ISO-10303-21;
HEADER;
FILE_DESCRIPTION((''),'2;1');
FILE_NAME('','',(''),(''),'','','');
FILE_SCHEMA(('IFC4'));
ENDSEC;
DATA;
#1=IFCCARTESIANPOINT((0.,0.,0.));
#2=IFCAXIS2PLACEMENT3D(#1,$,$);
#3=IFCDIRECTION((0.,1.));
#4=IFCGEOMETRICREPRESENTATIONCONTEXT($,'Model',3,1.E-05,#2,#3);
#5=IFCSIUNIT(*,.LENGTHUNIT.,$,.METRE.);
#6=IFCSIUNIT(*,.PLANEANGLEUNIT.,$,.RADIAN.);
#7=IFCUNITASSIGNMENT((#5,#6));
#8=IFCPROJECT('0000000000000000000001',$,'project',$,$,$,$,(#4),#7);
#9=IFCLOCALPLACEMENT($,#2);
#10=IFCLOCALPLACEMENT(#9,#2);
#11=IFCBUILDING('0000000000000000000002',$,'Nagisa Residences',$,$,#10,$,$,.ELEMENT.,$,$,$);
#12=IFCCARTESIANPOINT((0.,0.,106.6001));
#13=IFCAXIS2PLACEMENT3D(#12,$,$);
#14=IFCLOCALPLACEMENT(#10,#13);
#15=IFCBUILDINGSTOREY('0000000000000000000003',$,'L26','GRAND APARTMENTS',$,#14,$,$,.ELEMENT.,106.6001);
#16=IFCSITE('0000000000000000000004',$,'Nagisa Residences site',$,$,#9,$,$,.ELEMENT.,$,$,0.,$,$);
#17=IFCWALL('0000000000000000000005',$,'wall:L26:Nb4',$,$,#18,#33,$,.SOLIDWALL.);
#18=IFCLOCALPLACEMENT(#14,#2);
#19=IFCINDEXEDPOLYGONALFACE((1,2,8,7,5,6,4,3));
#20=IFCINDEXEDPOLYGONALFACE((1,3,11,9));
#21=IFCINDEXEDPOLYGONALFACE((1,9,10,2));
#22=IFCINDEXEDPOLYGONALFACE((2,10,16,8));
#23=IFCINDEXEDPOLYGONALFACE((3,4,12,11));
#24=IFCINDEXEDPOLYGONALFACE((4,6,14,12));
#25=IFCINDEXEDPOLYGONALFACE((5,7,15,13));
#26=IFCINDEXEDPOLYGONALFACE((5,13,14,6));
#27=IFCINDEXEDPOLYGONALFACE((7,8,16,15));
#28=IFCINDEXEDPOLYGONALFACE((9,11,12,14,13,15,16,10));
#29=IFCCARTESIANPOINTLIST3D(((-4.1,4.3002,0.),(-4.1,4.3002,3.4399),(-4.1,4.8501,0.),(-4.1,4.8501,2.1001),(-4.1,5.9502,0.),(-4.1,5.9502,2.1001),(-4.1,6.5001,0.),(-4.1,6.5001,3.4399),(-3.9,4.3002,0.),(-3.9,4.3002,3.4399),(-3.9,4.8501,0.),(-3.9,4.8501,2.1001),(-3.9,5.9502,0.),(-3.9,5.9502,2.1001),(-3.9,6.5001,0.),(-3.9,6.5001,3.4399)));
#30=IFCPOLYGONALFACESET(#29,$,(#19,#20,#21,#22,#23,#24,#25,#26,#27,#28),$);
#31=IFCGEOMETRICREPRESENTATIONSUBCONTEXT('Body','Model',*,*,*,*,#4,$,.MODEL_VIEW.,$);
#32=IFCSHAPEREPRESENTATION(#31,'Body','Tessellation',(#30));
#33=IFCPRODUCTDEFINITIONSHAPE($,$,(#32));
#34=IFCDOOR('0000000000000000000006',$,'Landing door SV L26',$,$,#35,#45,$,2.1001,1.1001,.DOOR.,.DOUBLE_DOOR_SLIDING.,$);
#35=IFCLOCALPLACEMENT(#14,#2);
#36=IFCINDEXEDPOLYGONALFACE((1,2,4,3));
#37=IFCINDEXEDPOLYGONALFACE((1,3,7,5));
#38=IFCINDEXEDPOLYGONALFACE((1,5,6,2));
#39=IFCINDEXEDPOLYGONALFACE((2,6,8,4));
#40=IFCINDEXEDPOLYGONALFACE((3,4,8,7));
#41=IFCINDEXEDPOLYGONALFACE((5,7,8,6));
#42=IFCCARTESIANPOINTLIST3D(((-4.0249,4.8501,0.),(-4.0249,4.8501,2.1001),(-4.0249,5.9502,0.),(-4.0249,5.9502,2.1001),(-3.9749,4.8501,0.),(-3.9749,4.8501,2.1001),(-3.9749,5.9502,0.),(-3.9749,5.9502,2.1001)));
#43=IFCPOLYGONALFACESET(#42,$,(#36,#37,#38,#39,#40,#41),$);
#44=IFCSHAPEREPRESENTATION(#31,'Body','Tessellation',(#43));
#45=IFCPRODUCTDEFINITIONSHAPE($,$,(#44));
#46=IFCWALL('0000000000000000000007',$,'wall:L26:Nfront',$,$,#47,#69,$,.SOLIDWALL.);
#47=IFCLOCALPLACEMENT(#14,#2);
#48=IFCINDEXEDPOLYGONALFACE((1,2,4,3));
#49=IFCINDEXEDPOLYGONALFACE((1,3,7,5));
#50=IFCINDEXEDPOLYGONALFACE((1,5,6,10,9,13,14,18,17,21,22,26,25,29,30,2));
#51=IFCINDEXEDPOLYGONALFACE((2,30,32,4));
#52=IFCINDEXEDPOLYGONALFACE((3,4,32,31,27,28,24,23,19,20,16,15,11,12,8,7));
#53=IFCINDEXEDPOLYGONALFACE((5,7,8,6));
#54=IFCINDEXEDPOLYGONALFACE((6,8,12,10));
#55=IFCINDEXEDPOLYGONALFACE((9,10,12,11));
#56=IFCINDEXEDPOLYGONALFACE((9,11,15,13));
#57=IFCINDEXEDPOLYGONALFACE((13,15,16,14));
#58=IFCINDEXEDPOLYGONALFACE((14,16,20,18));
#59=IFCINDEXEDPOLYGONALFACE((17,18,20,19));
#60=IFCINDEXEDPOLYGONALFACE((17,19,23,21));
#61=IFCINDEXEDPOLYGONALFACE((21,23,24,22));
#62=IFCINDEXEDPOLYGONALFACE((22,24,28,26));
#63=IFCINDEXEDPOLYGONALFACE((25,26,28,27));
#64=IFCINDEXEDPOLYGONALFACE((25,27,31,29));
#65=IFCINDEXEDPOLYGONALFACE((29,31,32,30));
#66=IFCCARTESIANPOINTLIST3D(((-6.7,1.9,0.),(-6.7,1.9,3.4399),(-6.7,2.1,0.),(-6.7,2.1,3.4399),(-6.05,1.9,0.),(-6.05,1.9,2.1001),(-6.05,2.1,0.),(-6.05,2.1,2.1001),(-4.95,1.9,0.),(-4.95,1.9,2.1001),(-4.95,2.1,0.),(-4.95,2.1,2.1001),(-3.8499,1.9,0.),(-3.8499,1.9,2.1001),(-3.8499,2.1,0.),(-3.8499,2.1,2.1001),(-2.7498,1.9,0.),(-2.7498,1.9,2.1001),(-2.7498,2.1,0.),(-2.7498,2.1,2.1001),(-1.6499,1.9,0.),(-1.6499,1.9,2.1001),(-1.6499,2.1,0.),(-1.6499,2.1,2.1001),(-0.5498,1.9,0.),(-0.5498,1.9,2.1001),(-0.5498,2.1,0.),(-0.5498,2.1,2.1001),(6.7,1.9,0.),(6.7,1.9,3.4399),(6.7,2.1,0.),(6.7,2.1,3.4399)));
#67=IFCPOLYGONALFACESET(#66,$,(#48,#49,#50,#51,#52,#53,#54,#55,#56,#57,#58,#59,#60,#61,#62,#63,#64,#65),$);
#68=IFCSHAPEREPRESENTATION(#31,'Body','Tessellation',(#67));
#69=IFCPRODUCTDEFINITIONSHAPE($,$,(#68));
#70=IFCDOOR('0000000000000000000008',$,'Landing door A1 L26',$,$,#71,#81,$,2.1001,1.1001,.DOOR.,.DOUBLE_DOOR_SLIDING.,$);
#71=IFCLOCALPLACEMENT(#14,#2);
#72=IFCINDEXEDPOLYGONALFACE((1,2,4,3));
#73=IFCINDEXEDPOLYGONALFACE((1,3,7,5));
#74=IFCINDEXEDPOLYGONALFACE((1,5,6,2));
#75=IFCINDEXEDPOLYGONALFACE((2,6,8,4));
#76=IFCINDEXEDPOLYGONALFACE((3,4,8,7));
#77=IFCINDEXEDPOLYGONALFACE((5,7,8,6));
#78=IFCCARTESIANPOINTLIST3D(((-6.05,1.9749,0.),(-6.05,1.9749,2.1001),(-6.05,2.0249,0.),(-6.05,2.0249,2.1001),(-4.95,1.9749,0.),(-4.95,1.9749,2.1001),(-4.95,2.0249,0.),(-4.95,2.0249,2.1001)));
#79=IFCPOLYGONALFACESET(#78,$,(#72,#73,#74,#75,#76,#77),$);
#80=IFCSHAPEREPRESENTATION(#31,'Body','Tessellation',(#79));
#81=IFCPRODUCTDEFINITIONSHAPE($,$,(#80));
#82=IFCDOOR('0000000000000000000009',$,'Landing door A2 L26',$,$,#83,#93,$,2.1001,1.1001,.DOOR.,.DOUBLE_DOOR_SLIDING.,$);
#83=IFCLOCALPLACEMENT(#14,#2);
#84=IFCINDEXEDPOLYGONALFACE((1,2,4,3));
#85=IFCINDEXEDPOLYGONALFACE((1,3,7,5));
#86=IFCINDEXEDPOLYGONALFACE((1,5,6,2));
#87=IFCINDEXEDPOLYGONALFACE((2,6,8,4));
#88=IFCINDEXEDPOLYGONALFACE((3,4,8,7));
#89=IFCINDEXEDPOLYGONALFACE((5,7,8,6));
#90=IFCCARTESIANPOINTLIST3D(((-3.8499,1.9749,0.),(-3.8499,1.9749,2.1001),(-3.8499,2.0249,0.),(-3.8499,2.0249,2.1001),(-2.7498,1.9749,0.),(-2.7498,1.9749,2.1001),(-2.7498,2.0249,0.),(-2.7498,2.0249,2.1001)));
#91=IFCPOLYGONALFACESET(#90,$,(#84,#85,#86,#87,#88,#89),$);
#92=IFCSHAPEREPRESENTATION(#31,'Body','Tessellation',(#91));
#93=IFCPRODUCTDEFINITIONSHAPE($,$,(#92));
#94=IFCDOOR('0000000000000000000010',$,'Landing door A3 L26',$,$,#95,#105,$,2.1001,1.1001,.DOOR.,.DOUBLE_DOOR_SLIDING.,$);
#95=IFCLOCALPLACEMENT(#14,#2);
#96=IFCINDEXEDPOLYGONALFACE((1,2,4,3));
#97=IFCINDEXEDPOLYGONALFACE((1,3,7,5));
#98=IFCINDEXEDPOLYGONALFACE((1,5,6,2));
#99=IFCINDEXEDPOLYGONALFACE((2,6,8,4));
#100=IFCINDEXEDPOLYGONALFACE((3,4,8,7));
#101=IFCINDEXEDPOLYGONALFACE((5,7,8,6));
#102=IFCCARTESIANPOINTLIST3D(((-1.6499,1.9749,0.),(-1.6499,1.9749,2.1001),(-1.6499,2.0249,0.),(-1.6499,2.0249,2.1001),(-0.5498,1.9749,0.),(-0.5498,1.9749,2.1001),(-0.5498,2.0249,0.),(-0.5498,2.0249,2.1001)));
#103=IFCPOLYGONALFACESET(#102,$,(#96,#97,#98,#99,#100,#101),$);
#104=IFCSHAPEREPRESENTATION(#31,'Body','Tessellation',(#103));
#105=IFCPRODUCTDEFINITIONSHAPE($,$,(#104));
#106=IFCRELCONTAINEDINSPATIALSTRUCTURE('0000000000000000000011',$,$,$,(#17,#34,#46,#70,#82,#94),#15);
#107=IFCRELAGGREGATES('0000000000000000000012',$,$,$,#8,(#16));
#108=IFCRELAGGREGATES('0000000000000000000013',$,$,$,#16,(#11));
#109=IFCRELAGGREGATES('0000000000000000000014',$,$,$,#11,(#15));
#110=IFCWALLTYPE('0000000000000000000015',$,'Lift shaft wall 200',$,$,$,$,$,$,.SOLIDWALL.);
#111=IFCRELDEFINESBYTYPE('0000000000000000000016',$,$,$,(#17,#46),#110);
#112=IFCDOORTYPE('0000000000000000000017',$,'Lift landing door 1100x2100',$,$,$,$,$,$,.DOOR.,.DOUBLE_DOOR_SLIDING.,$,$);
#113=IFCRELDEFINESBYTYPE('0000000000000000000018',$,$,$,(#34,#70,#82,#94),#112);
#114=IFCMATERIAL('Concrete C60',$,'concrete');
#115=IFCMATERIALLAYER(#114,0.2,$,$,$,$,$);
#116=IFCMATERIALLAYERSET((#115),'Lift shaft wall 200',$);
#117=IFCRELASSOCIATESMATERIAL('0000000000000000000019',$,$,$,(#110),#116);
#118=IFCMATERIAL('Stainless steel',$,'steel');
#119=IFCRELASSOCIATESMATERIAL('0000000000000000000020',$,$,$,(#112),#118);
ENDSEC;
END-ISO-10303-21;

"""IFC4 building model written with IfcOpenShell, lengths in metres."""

from ifc_helpers import new_model, si_unit, direction, frame, frame_2d, origin, place, context, subcontext, project, spatial, rectangle, extrude, material, layer, layer_set, type_object, element, fill, save


model = new_model("IFC4")

# Units and contexts
model_context = context("Model", 3, precision=1e-05, world=origin(), true_north=direction((0.0, 1.0)))
body_context = subcontext(model_context, "Body", "Model", "MODEL_VIEW")
ifc_project = project(units=[si_unit("LENGTHUNIT", "METRE"), si_unit("PLANEANGLEUNIT", "RADIAN")], contexts=[model_context])

# Site, building, storey
site_placement = place(None, origin())
site = spatial("IfcSite", under=ifc_project, at=site_placement, Name="Nagisa Residences site", CompositionType="ELEMENT", RefElevation=0.0)
building_placement = place(site_placement, origin())
building = spatial("IfcBuilding", under=site, at=building_placement, Name="Nagisa Residences", CompositionType="ELEMENT")
storey_placement = place(building_placement, frame((0.0, 0.0, 106.6001)))
storey = spatial("IfcBuildingStorey", under=building, at=storey_placement, Name="L26", Description="GRAND APARTMENTS", CompositionType="ELEMENT", Elevation=106.6001)

# Wall, opening, door
ifc_material_1 = material(Name="Concrete C60", Category="concrete")
ifc_layer_1 = layer(ifc_material_1, 0.2)
ifc_layer_set_1 = layer_set([ifc_layer_1], Name="Lift shaft wall 200")
wall_type_1 = type_object("IfcWallType", Name="Lift shaft wall 200", PredefinedType="SOLIDWALL", material=ifc_layer_set_1)
wall_1_placement = place(storey_placement, frame((-4.0, 4.3, 0.0), z_axis=(0.0, 0.0, 1.0), x_axis=(0.0, 1.0, 0.0)))
wall_1 = element("IfcWall", 1, at=wall_1_placement, inside=storey, type_object=wall_type_1, Name="wall:L26:Nb4", PredefinedType="SOLIDWALL", context=body_context, shape_type="SweptSolid", body=[
    extrude(rectangle(XDim=2.2, YDim=0.2, at=frame_2d((1.1001, 0.0))), origin(), (0.0, 0.0, 1.0), 3.4399),
])
opening_1_placement = place(wall_1_placement, frame((0.55, 0.0, 0.0)))
opening_1 = element("IfcOpeningElement", 2, at=opening_1_placement, cuts=wall_1, PredefinedType="OPENING", context=body_context, shape_type="SweptSolid", body=[
    extrude(rectangle(XDim=1.1001, YDim=2.1001, at=frame_2d((0.55, 1.05))), frame((0.0, 0.1099, 0.0), z_axis=(0.0, -1.0, 0.0), x_axis=(1.0, 0.0, 0.0)), (0.0, 0.0, 1.0), 0.22),
])
ifc_material_2 = material(Name="Stainless steel", Category="steel")
door_type_1 = type_object("IfcDoorType", Name="Lift landing door 1100x2100", OperationType="DOUBLE_DOOR_SLIDING", PredefinedType="DOOR", material=ifc_material_2)
door_1_placement = place(opening_1_placement, origin())
door_1 = element("IfcDoor", 3, at=door_1_placement, inside=storey, type_object=door_type_1, Name="Landing door SV L26", OperationType="DOUBLE_DOOR_SLIDING", OverallHeight=2.1001, OverallWidth=1.1001, PredefinedType="DOOR", context=body_context, shape_type="SweptSolid", body=[
    extrude(rectangle(XDim=1.1001, YDim=2.1001, at=frame_2d((0.55, 1.05))), frame((0.0, 0.0249, 0.0), z_axis=(0.0, -1.0, 0.0), x_axis=(1.0, 0.0, 0.0)), (0.0, 0.0, 1.0), 0.05),
])
fill(opening_1, door_1)

# Wall, openings, doors
wall_2_placement = place(storey_placement, frame((-6.7, 2.0, 0.0), z_axis=(0.0, 0.0, 1.0), x_axis=(1.0, 0.0, 0.0)))
wall_2 = element("IfcWall", 4, at=wall_2_placement, inside=storey, type_object=wall_type_1, Name="wall:L26:Nfront", PredefinedType="SOLIDWALL", context=body_context, shape_type="SweptSolid", body=[
    extrude(rectangle(XDim=13.3999, YDim=0.2, at=frame_2d((6.7, 0.0))), origin(), (0.0, 0.0, 1.0), 3.4399),
])
opening_2_placement = place(wall_2_placement, frame((0.6499, 0.0, 0.0)))
opening_2 = element("IfcOpeningElement", 5, at=opening_2_placement, cuts=wall_2, PredefinedType="OPENING", context=body_context, shape_type="SweptSolid", body=[
    extrude(rectangle(XDim=1.1001, YDim=2.1001, at=frame_2d((0.55, 1.05))), frame((0.0, 0.1099, 0.0), z_axis=(0.0, -1.0, 0.0), x_axis=(1.0, 0.0, 0.0)), (0.0, 0.0, 1.0), 0.22),
])
opening_3_placement = place(wall_2_placement, frame((2.8501, 0.0, 0.0)))
opening_3 = element("IfcOpeningElement", 6, at=opening_3_placement, cuts=wall_2, PredefinedType="OPENING", context=body_context, shape_type="SweptSolid", body=[
    extrude(rectangle(XDim=1.1001, YDim=2.1001, at=frame_2d((0.55, 1.05))), frame((0.0, 0.1099, 0.0), z_axis=(0.0, -1.0, 0.0), x_axis=(1.0, 0.0, 0.0)), (0.0, 0.0, 1.0), 0.22),
])
opening_4_placement = place(wall_2_placement, frame((5.05, 0.0, 0.0)))
opening_4 = element("IfcOpeningElement", 7, at=opening_4_placement, cuts=wall_2, PredefinedType="OPENING", context=body_context, shape_type="SweptSolid", body=[
    extrude(rectangle(XDim=1.1001, YDim=2.1001, at=frame_2d((0.55, 1.05))), frame((0.0, 0.1099, 0.0), z_axis=(0.0, -1.0, 0.0), x_axis=(1.0, 0.0, 0.0)), (0.0, 0.0, 1.0), 0.22),
])
door_2_placement = place(opening_2_placement, origin())
door_2 = element("IfcDoor", 8, at=door_2_placement, inside=storey, type_object=door_type_1, Name="Landing door A1 L26", OperationType="DOUBLE_DOOR_SLIDING", OverallHeight=2.1001, OverallWidth=1.1001, PredefinedType="DOOR", context=body_context, shape_type="SweptSolid", body=[
    extrude(rectangle(XDim=1.1001, YDim=2.1001, at=frame_2d((0.55, 1.05))), frame((0.0, 0.0249, 0.0), z_axis=(0.0, -1.0, 0.0), x_axis=(1.0, 0.0, 0.0)), (0.0, 0.0, 1.0), 0.05),
])
fill(opening_2, door_2)
door_3_placement = place(opening_3_placement, origin())
door_3 = element("IfcDoor", 9, at=door_3_placement, inside=storey, type_object=door_type_1, Name="Landing door A2 L26", OperationType="DOUBLE_DOOR_SLIDING", OverallHeight=2.1001, OverallWidth=1.1001, PredefinedType="DOOR", context=body_context, shape_type="SweptSolid", body=[
    extrude(rectangle(XDim=1.1001, YDim=2.1001, at=frame_2d((0.55, 1.05))), frame((0.0, 0.0249, 0.0), z_axis=(0.0, -1.0, 0.0), x_axis=(1.0, 0.0, 0.0)), (0.0, 0.0, 1.0), 0.05),
])
fill(opening_3, door_3)
door_4_placement = place(opening_4_placement, origin())
door_4 = element("IfcDoor", 10, at=door_4_placement, inside=storey, type_object=door_type_1, Name="Landing door A3 L26", OperationType="DOUBLE_DOOR_SLIDING", OverallHeight=2.1001, OverallWidth=1.1001, PredefinedType="DOOR", context=body_context, shape_type="SweptSolid", body=[
    extrude(rectangle(XDim=1.1001, YDim=2.1001, at=frame_2d((0.55, 1.05))), frame((0.0, 0.0249, 0.0), z_axis=(0.0, -1.0, 0.0), x_axis=(1.0, 0.0, 0.0)), (0.0, 0.0, 1.0), 0.05),
])
fill(opening_4, door_4)

save(model, "model.ifc")
